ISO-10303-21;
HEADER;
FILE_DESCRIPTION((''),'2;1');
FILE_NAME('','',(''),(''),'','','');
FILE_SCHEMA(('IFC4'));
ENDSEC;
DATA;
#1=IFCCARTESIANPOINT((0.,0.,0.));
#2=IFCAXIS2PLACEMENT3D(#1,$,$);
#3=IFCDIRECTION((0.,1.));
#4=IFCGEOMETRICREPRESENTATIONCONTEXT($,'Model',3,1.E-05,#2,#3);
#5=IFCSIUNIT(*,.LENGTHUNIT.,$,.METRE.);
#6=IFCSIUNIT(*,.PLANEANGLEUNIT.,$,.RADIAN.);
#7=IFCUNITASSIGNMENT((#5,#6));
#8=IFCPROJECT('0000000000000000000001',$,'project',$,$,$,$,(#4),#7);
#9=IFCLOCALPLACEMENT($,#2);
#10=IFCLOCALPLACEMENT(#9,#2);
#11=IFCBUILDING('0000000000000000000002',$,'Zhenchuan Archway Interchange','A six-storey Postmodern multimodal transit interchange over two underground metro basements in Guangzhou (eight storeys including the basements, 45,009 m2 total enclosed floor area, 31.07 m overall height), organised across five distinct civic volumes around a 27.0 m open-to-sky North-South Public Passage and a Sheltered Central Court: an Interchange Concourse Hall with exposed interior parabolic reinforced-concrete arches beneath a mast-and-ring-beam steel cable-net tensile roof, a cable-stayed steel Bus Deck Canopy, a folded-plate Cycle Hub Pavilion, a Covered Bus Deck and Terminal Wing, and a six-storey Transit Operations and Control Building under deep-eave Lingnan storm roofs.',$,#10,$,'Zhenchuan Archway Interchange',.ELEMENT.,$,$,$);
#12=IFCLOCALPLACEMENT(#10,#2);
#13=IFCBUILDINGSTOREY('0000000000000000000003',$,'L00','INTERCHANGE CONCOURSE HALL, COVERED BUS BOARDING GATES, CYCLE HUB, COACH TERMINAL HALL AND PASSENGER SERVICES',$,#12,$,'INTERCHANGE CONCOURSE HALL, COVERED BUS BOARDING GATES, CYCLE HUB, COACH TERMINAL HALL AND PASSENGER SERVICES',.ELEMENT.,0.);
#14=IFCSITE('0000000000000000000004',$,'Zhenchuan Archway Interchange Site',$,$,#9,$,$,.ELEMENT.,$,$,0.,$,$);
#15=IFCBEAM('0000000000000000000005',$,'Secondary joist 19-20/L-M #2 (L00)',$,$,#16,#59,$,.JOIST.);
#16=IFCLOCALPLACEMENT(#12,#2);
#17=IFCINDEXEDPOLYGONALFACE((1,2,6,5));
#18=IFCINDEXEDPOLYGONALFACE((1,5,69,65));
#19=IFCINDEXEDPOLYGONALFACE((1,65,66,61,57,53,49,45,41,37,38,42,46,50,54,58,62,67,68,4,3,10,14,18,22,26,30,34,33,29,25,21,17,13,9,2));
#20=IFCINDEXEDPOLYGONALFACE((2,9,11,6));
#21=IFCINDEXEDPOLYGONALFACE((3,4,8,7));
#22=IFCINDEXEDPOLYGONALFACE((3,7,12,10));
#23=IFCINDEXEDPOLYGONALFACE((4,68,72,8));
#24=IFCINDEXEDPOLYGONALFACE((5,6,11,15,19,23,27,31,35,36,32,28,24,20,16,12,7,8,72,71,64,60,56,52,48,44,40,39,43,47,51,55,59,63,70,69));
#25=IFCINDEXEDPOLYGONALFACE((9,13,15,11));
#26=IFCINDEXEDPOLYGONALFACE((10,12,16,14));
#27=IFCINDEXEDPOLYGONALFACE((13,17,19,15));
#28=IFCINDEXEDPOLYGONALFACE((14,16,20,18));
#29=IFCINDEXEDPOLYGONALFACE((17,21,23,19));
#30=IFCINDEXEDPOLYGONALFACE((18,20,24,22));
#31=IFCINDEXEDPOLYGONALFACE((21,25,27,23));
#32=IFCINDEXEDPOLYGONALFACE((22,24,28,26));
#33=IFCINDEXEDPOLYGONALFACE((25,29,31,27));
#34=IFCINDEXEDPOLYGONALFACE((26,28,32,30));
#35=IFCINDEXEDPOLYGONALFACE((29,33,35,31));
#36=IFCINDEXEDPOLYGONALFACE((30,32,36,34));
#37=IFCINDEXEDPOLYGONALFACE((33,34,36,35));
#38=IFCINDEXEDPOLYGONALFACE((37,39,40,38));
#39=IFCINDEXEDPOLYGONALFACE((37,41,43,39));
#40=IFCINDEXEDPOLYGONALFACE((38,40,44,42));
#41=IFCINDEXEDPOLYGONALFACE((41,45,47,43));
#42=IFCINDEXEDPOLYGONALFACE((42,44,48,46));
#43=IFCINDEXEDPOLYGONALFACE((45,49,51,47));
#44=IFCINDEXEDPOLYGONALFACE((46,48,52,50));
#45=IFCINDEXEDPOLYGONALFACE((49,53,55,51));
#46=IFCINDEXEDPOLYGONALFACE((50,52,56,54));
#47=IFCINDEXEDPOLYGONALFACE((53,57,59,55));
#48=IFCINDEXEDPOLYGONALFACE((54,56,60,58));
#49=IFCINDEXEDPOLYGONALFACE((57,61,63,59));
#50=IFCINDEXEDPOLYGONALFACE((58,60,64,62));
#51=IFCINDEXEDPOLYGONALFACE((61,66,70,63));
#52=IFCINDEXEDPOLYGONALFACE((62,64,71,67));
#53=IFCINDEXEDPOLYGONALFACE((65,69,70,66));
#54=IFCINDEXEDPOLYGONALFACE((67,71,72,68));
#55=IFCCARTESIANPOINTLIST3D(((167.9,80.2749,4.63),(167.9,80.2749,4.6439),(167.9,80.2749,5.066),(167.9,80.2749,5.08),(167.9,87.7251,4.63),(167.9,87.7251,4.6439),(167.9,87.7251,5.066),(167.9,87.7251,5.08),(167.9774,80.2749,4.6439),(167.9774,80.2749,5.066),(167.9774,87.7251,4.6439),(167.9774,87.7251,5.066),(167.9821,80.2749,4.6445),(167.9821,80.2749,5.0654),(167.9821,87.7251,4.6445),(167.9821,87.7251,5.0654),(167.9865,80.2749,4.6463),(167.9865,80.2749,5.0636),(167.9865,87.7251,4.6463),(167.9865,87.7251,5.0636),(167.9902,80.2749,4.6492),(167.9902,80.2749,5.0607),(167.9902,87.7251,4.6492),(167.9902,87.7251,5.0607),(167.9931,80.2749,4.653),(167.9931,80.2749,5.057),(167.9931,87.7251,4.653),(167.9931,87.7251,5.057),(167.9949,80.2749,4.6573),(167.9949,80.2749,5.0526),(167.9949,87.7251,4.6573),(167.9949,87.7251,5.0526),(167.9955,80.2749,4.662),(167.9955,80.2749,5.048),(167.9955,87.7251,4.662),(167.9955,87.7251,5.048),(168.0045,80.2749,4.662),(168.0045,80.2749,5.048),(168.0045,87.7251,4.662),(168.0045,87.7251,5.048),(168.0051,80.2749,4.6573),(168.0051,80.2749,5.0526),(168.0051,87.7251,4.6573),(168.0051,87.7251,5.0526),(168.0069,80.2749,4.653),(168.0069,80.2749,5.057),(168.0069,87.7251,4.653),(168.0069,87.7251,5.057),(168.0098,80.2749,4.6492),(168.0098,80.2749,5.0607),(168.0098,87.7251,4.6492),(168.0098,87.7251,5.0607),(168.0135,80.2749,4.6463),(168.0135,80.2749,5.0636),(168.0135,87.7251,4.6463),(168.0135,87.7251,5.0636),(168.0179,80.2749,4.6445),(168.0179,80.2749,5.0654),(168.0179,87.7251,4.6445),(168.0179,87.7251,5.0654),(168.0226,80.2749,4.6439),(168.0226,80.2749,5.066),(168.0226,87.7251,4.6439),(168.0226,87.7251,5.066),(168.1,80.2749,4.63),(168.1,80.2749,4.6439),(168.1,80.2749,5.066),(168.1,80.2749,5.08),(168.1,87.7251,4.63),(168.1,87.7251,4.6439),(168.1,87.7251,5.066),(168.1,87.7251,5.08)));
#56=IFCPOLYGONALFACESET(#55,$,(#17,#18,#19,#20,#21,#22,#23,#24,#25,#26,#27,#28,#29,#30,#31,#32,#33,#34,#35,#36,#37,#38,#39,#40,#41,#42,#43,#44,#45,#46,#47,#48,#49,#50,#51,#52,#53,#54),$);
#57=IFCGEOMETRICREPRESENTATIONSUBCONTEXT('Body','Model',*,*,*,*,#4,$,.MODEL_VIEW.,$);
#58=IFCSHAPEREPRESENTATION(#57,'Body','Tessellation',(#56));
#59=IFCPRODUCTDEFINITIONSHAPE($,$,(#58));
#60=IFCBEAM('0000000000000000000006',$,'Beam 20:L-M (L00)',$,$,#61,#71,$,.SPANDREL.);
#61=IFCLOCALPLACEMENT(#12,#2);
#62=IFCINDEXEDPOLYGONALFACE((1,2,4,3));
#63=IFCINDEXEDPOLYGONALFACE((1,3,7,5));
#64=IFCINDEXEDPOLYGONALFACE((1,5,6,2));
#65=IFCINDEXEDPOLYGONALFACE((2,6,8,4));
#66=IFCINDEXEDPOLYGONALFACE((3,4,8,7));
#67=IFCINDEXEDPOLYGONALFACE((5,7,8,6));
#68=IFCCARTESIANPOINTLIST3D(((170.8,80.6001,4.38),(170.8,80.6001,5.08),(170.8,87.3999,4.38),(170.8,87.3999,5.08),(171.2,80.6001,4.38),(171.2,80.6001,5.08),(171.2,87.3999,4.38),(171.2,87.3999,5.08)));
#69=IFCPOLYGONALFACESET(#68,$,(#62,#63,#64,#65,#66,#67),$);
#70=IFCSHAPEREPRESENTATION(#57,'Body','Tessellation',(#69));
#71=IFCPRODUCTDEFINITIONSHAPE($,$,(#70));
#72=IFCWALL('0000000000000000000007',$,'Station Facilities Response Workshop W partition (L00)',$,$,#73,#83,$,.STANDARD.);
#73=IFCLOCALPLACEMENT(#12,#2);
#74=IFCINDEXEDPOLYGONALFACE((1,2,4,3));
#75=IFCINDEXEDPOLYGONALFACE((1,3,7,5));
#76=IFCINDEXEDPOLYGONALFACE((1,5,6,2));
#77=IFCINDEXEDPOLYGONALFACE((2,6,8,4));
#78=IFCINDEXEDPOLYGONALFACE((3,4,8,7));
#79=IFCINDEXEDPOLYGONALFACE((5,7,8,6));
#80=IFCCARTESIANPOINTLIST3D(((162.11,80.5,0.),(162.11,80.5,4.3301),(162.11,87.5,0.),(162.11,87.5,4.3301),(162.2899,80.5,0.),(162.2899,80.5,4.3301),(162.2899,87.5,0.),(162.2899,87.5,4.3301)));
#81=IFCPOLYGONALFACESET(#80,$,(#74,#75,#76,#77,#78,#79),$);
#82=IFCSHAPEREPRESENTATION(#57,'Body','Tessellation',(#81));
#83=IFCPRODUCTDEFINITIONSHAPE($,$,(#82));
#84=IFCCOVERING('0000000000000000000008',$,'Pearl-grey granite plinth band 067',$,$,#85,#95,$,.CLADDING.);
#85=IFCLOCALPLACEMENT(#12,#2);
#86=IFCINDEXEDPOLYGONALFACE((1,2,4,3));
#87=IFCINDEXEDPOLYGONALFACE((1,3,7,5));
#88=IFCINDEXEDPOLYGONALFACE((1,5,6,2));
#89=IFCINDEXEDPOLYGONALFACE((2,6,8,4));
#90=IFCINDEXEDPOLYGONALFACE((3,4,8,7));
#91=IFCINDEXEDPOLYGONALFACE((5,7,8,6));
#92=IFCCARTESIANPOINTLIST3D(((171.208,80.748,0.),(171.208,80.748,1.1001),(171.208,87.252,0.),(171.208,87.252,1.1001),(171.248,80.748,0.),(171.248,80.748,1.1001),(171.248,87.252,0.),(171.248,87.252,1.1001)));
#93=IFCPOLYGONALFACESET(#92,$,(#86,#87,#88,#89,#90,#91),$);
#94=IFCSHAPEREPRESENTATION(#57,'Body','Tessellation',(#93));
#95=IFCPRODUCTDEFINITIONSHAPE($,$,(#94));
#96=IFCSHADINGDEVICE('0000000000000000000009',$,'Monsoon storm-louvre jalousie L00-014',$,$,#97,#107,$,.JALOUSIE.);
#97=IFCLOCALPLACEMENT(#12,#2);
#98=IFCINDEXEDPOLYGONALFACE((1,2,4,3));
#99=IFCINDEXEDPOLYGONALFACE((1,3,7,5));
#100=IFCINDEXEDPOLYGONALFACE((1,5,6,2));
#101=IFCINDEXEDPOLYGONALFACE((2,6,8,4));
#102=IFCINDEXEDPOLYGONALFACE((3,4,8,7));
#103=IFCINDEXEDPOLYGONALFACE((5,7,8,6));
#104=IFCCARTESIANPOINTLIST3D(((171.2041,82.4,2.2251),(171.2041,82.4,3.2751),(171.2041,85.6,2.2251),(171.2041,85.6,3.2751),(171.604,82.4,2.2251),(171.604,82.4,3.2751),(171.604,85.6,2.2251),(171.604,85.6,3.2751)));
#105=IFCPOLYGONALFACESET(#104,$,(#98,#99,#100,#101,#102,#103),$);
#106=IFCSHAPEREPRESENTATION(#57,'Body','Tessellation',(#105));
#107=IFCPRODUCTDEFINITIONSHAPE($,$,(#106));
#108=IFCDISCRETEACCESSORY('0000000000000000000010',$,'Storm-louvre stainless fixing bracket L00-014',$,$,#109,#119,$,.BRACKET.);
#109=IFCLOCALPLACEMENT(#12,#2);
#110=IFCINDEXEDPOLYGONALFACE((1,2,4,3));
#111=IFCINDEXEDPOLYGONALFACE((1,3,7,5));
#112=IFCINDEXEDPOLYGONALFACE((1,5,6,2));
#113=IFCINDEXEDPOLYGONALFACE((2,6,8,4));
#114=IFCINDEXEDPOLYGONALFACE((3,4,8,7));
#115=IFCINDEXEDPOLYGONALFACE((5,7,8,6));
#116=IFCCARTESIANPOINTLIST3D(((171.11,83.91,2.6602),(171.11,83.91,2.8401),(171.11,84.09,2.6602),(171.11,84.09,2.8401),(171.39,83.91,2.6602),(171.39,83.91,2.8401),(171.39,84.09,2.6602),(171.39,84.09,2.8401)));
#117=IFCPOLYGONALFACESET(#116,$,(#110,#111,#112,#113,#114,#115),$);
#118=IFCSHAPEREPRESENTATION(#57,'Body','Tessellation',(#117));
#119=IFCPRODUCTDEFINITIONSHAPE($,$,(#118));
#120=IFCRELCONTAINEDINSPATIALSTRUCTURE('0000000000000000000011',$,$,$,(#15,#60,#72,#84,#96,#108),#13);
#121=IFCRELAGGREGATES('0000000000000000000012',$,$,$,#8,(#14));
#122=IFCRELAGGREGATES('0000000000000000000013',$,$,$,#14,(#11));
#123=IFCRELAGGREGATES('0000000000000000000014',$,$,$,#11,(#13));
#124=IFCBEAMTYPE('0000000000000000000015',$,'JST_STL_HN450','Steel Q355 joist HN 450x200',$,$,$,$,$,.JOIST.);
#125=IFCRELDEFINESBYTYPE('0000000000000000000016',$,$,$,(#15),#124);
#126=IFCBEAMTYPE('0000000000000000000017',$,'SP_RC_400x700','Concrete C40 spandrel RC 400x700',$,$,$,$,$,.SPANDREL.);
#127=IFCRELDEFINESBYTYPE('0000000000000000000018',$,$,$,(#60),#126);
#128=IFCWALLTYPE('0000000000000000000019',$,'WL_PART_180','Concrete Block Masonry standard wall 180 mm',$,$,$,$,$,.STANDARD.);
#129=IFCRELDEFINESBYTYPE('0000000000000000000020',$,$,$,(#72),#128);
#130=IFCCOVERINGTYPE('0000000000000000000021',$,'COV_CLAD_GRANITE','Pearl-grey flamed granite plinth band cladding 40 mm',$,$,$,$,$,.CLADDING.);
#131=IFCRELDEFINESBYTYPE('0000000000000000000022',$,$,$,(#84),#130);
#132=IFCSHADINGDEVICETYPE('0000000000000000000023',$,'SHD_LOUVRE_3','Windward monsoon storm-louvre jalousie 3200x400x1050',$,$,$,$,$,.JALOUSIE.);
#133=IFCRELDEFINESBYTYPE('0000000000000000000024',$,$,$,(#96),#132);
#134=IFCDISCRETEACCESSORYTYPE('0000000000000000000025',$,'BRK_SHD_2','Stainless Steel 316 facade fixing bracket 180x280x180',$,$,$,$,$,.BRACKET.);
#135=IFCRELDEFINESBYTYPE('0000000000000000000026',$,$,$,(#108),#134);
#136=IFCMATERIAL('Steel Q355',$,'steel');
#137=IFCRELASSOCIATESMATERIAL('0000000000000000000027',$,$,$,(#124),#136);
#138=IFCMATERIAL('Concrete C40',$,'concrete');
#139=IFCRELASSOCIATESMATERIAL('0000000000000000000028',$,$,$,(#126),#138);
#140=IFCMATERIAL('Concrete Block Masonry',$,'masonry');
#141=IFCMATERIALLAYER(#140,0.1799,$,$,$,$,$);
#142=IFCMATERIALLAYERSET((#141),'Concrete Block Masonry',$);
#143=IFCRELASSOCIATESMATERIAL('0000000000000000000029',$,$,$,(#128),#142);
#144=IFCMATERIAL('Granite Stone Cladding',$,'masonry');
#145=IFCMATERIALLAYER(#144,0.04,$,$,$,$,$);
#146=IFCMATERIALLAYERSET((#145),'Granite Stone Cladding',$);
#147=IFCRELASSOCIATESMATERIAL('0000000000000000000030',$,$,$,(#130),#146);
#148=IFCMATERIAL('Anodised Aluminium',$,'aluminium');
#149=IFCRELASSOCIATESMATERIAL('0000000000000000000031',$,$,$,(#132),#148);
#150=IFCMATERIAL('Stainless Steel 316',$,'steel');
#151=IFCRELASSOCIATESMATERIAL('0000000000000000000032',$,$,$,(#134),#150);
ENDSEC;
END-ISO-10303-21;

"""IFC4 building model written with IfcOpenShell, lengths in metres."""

from ifc_helpers import new_model, si_unit, direction, frame, frame_2d, origin, origin_2d, place, context, subcontext, project, spatial, rectangle, i_section, extrude, material, layer, layer_set, material_profile, profile_set, type_object, element, save


model = new_model("IFC4")

# Units and contexts
model_context = context("Model", 3, precision=1e-05, world=origin(), true_north=direction((0.0, 1.0)))
body_context = subcontext(model_context, "Body", "Model", "MODEL_VIEW")
ifc_project = project(units=[si_unit("LENGTHUNIT", "METRE"), si_unit("PLANEANGLEUNIT", "RADIAN")], contexts=[model_context])

# Site, building, storey
site_placement = place(None, origin())
site = spatial("IfcSite", under=ifc_project, at=site_placement, Name="Zhenchuan Archway Interchange Site", CompositionType="ELEMENT", RefElevation=0.0)
building_placement = place(site_placement, origin())
building = spatial("IfcBuilding", under=site, at=building_placement, Name="Zhenchuan Archway Interchange", Description="A six-storey Postmodern multimodal transit interchange over two underground metro basements in Guangzhou (eight storeys including the basements, 45,009 m2 total enclosed floor area, 31.07 m overall height), organised across five distinct civic volumes around a 27.0 m open-to-sky North-South Public Passage and a Sheltered Central Court: an Interchange Concourse Hall with exposed interior parabolic reinforced-concrete arches beneath a mast-and-ring-beam steel cable-net tensile roof, a cable-stayed steel Bus Deck Canopy, a folded-plate Cycle Hub Pavilion, a Covered Bus Deck and Terminal Wing, and a six-storey Transit Operations and Control Building under deep-eave Lingnan storm roofs.", LongName="Zhenchuan Archway Interchange", CompositionType="ELEMENT")
storey_placement = place(building_placement, origin())
storey = spatial("IfcBuildingStorey", under=building, at=storey_placement, Name="L00", Description="INTERCHANGE CONCOURSE HALL, COVERED BUS BOARDING GATES, CYCLE HUB, COACH TERMINAL HALL AND PASSENGER SERVICES", LongName="INTERCHANGE CONCOURSE HALL, COVERED BUS BOARDING GATES, CYCLE HUB, COACH TERMINAL HALL AND PASSENGER SERVICES", CompositionType="ELEMENT", Elevation=0.0)

# Shared definitions
ifc_material_1 = material(Name="Concrete C40", Category="concrete")

# Beams
ifc_material_2 = material(Name="Steel Q355", Category="steel")
ifc_material_profile_1 = material_profile(ifc_material_2, i_section(OverallWidth=0.2, OverallDepth=0.45, WebThickness=0.009, FlangeThickness=0.0139, FilletRadius=0.0181, at=origin_2d()), Name="HN 450x200")
ifc_profile_set_1 = profile_set([ifc_material_profile_1], Name="Steel Q355")
beam_type_1 = type_object("IfcBeamType", Name="JST_STL_HN450", Description="Steel Q355 joist HN 450x200", PredefinedType="JOIST", material=ifc_profile_set_1)
for number, where, z_axis, x_axis, name in (
    (1, (168.0, 80.2749, 4.855), (0.0, 1.0, 0.0), (-1.0, 0.0, 0.0), "Secondary joist 19-20/L-M #2 (L00)"),
):
    element("IfcBeam", number, at=place(storey_placement, frame(where, z_axis=z_axis, x_axis=x_axis)), inside=storey, type_object=beam_type_1, Name=name, PredefinedType="JOIST", context=body_context, shape_type="SweptSolid", body=[
        extrude(i_section(OverallWidth=0.2, OverallDepth=0.45, WebThickness=0.009, FlangeThickness=0.0139, FilletRadius=0.0181, at=origin_2d()), origin(), (0.0, 0.0, 1.0), 7.4502),
    ])
ifc_material_profile_2 = material_profile(ifc_material_1, rectangle(XDim=0.3999, YDim=0.7, at=origin_2d()), Name="RC 400x700")
ifc_profile_set_2 = profile_set([ifc_material_profile_2], Name="Concrete C40")
beam_type_2 = type_object("IfcBeamType", Name="SP_RC_400x700", Description="Concrete C40 spandrel RC 400x700", PredefinedType="SPANDREL", material=ifc_profile_set_2)
beam_1_placement = place(storey_placement, frame((171.0, 80.6001, 4.73), z_axis=(0.0, 1.0, 0.0), x_axis=(-1.0, 0.0, 0.0)))
element("IfcBeam", 2, at=beam_1_placement, inside=storey, type_object=beam_type_2, Name="Beam 20:L-M (L00)", PredefinedType="SPANDREL", context=body_context, shape_type="SweptSolid", body=[
    extrude(rectangle(XDim=0.3999, YDim=0.7, at=origin_2d()), origin(), (0.0, 0.0, 1.0), 6.7998),
])

# Wall
ifc_material_3 = material(Name="Concrete Block Masonry", Category="masonry")
ifc_layer_1 = layer(ifc_material_3, 0.1799)
ifc_layer_set_1 = layer_set([ifc_layer_1], Name="Concrete Block Masonry")
wall_type = type_object("IfcWallType", Name="WL_PART_180", Description="Concrete Block Masonry standard wall 180 mm", PredefinedType="STANDARD", material=ifc_layer_set_1)
wall_placement = place(storey_placement, frame((162.2, 80.5, 0.0), z_axis=(0.0, 0.0, 1.0), x_axis=(0.0, 1.0, 0.0)))
element("IfcWall", 3, at=wall_placement, inside=storey, type_object=wall_type, Name="Station Facilities Response Workshop W partition (L00)", PredefinedType="STANDARD", context=body_context, shape_type="SweptSolid", body=[
    extrude(rectangle(XDim=7.0, YDim=0.1799, at=frame_2d((3.5, 0.0))), origin(), (0.0, 0.0, 1.0), 4.3301),
])

# Covering
ifc_material_4 = material(Name="Granite Stone Cladding", Category="masonry")
ifc_layer_2 = layer(ifc_material_4, 0.04)
ifc_layer_set_2 = layer_set([ifc_layer_2], Name="Granite Stone Cladding")
covering_type = type_object("IfcCoveringType", Name="COV_CLAD_GRANITE", Description="Pearl-grey flamed granite plinth band cladding 40 mm", PredefinedType="CLADDING", material=ifc_layer_set_2)
covering_placement = place(storey_placement, frame((171.228, 84.0, 0.0), z_axis=(0.0, 0.0, 1.0), x_axis=(0.0, -1.0, 0.0)))
element("IfcCovering", 4, at=covering_placement, inside=storey, type_object=covering_type, Name="Pearl-grey granite plinth band 067", PredefinedType="CLADDING", context=body_context, shape_type="SweptSolid", body=[
    extrude(rectangle(XDim=6.5039, YDim=0.04, at=origin_2d()), origin(), (0.0, 0.0, 1.0), 1.1001),
])

# Shading device
ifc_material_5 = material(Name="Anodised Aluminium", Category="aluminium")
shading_device_type = type_object("IfcShadingDeviceType", Name="SHD_LOUVRE_3", Description="Windward monsoon storm-louvre jalousie 3200x400x1050", PredefinedType="JALOUSIE", material=ifc_material_5)
shading_device_placement = place(storey_placement, frame((171.4041, 84.0, 2.2251), z_axis=(0.0, 0.0, 1.0), x_axis=(0.0, -1.0, 0.0)))
element("IfcShadingDevice", 5, at=shading_device_placement, inside=storey, type_object=shading_device_type, Name="Monsoon storm-louvre jalousie L00-014", PredefinedType="JALOUSIE", context=body_context, shape_type="SweptSolid", body=[
    extrude(rectangle(XDim=3.2, YDim=0.3999, at=origin_2d()), origin(), (0.0, 0.0, 1.0), 1.05),
])

# Discrete accessory
ifc_material_6 = material(Name="Stainless Steel 316", Category="steel")
discrete_accessory_type = type_object("IfcDiscreteAccessoryType", Name="BRK_SHD_2", Description="Stainless Steel 316 facade fixing bracket 180x280x180", PredefinedType="BRACKET", material=ifc_material_6)
discrete_accessory_placement = place(storey_placement, frame((171.25, 84.0, 2.6602), z_axis=(0.0, 0.0, 1.0), x_axis=(0.0, -1.0, 0.0)))
element("IfcDiscreteAccessory", 6, at=discrete_accessory_placement, inside=storey, type_object=discrete_accessory_type, Name="Storm-louvre stainless fixing bracket L00-014", PredefinedType="BRACKET", context=body_context, shape_type="SweptSolid", body=[
    extrude(rectangle(XDim=0.1799, YDim=0.28, at=origin_2d()), origin(), (0.0, 0.0, 1.0), 0.1799),
])

save(model, "model.ifc")
